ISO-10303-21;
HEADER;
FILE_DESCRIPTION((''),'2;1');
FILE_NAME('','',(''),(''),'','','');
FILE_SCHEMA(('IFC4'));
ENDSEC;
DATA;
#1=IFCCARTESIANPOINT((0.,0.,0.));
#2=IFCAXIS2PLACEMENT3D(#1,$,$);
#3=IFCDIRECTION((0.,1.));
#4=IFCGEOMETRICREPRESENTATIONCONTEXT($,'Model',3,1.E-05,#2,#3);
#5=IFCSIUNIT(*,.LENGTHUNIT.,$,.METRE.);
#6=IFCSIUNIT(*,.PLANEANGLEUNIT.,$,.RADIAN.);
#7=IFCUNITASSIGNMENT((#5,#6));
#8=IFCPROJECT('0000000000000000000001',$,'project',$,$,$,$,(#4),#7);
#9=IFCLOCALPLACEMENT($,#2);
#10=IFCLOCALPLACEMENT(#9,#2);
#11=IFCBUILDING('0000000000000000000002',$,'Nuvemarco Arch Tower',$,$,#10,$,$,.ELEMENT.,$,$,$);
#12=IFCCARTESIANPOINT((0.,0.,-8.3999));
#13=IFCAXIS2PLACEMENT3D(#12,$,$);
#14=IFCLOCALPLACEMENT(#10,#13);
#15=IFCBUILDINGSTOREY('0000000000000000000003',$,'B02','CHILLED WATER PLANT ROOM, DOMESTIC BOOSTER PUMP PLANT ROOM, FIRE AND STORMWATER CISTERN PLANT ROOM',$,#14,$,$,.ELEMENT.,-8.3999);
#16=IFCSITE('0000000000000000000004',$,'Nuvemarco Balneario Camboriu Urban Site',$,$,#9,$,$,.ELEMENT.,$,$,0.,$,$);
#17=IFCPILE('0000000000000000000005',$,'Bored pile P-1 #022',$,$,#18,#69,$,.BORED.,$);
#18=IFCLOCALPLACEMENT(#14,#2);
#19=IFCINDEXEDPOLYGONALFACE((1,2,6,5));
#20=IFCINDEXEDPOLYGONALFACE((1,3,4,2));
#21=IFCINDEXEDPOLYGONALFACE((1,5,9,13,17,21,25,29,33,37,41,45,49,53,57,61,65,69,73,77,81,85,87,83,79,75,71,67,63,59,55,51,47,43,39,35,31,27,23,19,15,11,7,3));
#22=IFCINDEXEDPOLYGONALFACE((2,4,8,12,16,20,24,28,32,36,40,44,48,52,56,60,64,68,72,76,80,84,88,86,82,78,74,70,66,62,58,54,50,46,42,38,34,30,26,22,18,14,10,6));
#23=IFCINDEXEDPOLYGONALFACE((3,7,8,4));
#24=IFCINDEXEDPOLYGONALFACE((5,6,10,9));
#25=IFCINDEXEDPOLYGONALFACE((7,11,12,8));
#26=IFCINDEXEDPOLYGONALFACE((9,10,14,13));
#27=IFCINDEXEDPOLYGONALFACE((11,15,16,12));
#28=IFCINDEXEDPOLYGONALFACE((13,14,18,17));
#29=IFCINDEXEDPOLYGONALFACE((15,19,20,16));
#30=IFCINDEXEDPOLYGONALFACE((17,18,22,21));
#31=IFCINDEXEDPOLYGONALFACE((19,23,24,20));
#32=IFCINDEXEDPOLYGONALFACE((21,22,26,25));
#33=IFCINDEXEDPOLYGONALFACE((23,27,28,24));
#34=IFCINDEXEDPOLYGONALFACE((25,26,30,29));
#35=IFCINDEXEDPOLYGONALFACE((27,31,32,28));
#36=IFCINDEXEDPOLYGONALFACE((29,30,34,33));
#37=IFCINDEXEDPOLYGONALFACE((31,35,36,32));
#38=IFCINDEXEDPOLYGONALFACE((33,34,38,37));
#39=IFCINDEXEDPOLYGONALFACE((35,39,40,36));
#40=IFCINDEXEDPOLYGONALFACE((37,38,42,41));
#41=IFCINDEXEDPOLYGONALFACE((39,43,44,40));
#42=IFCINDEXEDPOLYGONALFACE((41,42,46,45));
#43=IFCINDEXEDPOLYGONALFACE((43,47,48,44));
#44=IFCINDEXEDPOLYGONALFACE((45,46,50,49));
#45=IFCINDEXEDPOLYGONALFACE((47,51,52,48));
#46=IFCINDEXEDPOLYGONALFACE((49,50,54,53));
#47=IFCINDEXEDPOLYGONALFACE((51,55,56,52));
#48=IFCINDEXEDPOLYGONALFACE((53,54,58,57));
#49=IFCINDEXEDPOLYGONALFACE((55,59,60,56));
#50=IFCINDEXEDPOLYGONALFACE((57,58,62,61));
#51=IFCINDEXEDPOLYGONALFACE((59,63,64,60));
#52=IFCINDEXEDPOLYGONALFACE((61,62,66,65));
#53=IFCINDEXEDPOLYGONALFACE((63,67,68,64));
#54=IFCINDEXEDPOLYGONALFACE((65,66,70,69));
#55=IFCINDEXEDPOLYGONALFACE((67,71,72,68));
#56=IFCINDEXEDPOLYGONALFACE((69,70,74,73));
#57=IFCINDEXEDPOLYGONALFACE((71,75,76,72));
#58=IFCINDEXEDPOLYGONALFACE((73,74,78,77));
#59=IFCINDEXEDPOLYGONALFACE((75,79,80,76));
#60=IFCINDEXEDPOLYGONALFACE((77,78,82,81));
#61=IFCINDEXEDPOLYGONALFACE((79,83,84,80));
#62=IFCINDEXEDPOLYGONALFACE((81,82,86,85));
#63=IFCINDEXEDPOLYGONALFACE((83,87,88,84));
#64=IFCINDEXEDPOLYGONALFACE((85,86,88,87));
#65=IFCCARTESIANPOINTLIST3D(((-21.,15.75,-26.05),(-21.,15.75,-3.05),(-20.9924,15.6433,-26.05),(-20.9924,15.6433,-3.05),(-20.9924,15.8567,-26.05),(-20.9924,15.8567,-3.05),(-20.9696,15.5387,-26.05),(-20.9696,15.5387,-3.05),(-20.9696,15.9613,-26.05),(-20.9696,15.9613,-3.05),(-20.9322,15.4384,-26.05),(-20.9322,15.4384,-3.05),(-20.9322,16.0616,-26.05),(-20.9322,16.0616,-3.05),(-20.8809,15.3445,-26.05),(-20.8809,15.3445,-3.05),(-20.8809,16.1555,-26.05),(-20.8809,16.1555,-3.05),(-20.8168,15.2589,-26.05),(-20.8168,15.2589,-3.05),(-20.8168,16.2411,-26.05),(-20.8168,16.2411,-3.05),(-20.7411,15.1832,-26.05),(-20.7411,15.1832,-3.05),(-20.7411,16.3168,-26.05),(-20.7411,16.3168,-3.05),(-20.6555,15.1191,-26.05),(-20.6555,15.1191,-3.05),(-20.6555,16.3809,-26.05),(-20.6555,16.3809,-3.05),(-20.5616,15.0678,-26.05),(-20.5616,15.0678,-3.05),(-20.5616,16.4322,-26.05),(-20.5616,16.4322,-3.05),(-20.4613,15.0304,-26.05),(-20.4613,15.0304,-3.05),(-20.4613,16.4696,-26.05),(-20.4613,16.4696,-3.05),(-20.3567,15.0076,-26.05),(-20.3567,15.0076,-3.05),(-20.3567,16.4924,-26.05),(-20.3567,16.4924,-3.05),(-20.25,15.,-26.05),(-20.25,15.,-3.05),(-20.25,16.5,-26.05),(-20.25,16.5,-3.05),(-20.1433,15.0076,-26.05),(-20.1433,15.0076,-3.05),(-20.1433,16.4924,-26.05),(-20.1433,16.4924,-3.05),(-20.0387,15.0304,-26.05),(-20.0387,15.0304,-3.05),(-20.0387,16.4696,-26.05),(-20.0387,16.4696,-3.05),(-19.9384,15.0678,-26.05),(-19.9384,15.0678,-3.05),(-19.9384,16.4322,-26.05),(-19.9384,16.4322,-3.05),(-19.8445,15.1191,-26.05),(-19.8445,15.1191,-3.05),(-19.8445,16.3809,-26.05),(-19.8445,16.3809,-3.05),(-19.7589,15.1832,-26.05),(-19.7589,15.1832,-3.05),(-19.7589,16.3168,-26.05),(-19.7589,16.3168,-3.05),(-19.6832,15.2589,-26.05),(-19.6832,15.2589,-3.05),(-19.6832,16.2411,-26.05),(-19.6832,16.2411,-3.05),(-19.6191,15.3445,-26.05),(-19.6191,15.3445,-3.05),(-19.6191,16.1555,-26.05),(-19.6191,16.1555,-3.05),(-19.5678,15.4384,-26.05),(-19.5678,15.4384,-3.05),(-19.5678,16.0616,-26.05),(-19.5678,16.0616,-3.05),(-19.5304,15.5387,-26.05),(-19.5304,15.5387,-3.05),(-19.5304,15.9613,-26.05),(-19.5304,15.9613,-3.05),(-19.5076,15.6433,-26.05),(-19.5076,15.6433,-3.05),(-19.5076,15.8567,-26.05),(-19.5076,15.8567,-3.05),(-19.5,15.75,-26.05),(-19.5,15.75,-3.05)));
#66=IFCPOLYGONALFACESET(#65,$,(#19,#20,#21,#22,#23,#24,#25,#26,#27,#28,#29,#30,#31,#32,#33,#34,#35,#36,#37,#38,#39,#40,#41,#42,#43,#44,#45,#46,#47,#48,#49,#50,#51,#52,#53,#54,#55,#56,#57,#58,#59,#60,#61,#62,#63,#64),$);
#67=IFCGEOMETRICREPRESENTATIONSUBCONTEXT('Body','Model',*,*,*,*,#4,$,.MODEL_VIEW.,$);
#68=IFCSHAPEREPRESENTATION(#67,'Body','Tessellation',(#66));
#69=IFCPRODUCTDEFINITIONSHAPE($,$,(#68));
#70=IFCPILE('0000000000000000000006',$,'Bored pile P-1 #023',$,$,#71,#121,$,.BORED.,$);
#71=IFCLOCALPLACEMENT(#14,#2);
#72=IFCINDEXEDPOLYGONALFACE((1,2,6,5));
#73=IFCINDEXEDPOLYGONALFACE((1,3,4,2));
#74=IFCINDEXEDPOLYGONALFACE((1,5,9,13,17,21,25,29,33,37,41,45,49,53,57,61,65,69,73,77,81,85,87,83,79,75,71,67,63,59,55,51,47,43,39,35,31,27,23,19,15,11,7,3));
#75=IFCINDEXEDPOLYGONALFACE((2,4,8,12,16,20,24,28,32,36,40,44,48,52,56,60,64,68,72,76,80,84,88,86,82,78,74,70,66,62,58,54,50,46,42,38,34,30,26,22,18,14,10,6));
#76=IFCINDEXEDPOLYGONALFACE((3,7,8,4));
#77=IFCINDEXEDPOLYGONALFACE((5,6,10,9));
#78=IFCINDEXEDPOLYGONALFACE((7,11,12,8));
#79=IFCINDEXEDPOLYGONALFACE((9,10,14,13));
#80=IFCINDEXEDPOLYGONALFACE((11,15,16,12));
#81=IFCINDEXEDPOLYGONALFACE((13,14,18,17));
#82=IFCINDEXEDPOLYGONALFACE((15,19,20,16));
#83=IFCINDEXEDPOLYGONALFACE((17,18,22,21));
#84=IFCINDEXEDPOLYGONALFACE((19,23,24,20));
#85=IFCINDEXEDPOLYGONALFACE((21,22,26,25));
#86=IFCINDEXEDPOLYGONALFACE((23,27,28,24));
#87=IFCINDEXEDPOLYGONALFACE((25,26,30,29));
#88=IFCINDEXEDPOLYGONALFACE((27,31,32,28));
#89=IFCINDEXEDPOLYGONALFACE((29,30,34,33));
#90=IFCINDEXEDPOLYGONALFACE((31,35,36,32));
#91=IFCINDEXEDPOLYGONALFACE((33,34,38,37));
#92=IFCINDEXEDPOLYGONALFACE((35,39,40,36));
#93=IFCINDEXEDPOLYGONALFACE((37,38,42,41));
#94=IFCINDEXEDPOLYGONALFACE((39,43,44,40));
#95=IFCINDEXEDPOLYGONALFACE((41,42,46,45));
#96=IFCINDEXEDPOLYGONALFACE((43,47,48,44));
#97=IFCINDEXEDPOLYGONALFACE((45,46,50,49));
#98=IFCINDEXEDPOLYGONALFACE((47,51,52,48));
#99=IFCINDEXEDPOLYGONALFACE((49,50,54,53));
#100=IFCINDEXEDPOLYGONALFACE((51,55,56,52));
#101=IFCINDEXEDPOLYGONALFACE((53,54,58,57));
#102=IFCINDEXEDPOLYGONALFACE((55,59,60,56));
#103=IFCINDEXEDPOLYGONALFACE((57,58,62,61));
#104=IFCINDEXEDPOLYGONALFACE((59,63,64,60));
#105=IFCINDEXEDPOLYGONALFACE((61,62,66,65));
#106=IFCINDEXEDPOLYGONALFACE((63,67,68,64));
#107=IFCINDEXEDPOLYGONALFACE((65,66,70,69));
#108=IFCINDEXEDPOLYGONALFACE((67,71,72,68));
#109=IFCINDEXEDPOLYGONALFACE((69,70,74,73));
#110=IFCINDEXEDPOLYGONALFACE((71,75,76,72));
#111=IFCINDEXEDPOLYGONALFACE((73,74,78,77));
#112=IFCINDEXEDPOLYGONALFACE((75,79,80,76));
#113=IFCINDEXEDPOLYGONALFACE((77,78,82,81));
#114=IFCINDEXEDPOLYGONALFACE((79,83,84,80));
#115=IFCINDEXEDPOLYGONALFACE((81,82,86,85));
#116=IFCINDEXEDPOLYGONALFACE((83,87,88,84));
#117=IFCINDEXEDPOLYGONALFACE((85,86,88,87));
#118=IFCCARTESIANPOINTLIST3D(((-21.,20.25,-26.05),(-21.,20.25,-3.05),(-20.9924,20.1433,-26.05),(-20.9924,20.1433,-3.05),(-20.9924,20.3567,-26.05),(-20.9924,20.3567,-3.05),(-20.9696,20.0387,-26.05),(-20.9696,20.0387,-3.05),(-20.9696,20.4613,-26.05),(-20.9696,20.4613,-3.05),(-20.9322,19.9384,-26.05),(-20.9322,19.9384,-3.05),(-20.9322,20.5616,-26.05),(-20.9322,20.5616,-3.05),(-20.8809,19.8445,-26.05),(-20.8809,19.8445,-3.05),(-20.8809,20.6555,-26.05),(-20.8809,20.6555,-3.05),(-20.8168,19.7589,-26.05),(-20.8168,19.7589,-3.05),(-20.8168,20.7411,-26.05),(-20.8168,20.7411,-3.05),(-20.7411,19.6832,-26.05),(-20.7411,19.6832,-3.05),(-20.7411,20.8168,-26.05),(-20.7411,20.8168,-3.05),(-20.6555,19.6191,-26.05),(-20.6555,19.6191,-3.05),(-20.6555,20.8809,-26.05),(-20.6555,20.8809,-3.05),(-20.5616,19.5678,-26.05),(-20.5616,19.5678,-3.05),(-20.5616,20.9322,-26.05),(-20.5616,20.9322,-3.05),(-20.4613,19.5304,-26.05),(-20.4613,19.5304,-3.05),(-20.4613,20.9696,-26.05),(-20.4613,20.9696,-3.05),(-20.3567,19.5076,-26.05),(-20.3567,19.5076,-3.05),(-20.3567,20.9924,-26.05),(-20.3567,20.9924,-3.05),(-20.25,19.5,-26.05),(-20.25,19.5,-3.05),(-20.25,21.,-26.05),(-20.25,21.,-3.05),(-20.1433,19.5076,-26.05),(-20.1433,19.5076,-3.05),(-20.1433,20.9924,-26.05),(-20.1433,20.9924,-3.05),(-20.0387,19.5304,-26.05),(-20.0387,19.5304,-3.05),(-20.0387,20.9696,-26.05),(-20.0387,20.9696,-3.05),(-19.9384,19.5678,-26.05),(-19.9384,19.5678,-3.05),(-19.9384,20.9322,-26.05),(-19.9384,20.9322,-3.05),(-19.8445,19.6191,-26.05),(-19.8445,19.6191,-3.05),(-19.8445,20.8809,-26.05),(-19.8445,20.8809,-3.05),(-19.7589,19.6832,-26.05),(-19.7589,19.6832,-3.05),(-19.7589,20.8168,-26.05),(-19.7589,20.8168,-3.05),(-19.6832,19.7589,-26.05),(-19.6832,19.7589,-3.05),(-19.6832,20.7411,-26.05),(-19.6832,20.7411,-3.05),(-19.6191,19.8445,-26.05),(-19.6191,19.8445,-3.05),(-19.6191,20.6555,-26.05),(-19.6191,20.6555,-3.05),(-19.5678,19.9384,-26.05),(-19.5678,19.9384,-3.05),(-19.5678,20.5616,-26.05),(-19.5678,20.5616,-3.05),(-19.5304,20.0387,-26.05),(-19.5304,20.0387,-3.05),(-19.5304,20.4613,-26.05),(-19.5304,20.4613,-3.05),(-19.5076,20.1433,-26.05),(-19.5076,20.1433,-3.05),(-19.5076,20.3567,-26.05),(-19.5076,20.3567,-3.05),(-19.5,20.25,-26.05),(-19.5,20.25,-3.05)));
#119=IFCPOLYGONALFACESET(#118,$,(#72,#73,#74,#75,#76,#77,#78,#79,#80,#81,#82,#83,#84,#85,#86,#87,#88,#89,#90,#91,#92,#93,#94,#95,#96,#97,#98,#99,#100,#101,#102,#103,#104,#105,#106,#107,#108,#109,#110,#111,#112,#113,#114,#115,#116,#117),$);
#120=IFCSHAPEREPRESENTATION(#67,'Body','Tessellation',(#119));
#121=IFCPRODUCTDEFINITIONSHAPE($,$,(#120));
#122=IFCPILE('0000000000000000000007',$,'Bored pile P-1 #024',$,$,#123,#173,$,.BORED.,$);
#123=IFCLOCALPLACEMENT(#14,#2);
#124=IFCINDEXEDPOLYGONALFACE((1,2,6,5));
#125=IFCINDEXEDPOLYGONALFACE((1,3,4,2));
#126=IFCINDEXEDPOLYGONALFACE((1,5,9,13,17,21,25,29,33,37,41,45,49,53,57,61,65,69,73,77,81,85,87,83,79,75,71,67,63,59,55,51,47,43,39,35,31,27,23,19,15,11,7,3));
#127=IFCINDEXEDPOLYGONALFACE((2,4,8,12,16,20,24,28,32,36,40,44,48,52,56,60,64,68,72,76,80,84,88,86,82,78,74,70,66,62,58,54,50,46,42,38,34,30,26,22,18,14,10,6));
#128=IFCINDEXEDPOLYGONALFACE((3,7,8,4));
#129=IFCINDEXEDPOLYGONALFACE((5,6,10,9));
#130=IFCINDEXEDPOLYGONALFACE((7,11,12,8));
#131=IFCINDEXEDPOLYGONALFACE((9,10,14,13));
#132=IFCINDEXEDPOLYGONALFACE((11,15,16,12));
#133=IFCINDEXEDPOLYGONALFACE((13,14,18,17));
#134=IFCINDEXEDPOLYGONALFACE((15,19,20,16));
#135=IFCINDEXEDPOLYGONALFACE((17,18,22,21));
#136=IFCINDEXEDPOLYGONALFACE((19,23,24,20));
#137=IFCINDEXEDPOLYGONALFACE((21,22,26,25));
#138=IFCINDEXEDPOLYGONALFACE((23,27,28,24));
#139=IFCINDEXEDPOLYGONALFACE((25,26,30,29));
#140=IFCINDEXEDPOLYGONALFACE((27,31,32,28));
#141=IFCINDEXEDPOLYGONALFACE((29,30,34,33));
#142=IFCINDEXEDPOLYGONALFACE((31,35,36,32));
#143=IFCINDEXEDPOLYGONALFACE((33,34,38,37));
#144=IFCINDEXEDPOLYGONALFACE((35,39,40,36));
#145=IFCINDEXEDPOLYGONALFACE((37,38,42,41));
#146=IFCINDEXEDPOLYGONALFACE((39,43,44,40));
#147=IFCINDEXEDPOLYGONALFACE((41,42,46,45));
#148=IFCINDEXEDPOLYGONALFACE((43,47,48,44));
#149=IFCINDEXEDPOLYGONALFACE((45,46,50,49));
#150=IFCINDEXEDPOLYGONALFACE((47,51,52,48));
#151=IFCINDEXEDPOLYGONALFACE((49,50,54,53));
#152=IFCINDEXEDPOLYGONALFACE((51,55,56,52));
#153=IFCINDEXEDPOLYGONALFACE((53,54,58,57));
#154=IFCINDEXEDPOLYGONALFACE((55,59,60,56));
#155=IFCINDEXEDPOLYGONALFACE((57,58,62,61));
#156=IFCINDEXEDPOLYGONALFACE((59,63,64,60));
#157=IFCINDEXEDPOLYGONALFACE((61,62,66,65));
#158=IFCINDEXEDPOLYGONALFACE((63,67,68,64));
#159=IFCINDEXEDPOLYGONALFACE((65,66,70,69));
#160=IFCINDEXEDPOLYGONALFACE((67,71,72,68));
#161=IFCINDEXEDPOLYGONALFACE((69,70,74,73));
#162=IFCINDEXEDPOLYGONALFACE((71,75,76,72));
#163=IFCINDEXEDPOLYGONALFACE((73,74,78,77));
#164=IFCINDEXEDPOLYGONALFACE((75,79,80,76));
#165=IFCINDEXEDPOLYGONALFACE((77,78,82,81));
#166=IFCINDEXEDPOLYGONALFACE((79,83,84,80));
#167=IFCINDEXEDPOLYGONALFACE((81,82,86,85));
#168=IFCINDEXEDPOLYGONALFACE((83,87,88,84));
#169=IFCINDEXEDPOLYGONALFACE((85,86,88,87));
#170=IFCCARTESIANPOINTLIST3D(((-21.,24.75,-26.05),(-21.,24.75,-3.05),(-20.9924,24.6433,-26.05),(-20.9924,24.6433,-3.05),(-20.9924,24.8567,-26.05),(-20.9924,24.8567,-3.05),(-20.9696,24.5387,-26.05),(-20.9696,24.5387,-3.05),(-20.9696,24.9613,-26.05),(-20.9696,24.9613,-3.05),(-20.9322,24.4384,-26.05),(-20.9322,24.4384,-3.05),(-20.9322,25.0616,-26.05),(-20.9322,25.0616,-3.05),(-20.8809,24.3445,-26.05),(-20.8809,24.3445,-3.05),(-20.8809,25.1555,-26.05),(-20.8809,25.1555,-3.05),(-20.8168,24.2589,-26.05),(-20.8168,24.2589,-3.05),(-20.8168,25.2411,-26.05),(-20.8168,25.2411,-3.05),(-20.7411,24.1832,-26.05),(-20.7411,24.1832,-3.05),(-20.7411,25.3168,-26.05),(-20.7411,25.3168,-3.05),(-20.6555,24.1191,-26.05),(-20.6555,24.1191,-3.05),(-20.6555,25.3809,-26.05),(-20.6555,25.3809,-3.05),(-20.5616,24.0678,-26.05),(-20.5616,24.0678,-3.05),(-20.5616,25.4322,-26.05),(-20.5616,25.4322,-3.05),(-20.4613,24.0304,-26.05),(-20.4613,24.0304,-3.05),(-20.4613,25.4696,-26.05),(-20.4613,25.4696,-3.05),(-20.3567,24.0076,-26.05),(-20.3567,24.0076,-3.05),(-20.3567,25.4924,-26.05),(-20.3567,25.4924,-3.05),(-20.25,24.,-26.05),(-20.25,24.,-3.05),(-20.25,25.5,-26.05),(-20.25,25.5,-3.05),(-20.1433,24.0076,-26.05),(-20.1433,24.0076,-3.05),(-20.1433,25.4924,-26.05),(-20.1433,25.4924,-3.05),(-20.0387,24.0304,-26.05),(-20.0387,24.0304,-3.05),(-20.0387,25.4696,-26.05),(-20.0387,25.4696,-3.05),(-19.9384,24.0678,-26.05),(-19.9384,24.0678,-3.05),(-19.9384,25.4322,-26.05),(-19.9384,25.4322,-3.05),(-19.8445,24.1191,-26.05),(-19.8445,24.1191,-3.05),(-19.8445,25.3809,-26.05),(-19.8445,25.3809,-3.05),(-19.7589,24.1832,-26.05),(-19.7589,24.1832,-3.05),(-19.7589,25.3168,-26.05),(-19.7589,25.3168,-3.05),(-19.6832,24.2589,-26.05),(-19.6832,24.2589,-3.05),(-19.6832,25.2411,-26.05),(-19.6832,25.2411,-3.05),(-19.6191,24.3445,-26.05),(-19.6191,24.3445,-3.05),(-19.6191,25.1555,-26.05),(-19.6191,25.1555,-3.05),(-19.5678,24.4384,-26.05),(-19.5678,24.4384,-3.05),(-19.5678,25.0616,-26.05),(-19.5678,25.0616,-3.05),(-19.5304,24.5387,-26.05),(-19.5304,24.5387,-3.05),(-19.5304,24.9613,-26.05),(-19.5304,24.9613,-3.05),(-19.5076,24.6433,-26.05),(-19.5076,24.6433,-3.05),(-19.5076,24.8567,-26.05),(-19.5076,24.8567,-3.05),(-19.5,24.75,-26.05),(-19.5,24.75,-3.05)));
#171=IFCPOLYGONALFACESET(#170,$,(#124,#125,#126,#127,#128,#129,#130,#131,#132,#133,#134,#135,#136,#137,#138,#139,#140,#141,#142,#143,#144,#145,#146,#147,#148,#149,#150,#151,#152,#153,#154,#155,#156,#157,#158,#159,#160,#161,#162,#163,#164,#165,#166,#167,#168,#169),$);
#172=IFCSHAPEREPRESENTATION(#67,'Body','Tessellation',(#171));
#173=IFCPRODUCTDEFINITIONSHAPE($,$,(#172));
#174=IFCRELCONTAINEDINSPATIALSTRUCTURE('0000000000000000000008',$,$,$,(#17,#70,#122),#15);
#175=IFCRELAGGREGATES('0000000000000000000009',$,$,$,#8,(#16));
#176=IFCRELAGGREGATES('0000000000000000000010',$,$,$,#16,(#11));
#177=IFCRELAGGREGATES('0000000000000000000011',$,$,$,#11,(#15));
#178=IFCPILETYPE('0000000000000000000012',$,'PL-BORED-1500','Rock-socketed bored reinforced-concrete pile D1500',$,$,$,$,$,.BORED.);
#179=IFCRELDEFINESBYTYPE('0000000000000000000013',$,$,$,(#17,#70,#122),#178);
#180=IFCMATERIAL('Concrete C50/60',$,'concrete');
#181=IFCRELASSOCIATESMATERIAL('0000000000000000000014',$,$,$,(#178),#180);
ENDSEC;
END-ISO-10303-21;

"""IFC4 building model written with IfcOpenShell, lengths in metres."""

from ifc_helpers import new_model, si_unit, direction, frame, origin, origin_2d, place, context, subcontext, project, spatial, circle, extrude, material, material_profile, profile_set, type_object, element, save


model = new_model("IFC4")

# Units and contexts
model_context = context("Model", 3, precision=1e-05, world=origin(), true_north=direction((0.0, 1.0)))
body_context = subcontext(model_context, "Body", "Model", "MODEL_VIEW")
ifc_project = project(units=[si_unit("LENGTHUNIT", "METRE"), si_unit("PLANEANGLEUNIT", "RADIAN")], contexts=[model_context])

# Site, building, storey
site_placement = place(None, origin())
site = spatial("IfcSite", under=ifc_project, at=site_placement, Name="Nuvemarco Balneario Camboriu Urban Site", CompositionType="ELEMENT", RefElevation=0.0)
building_placement = place(site_placement, origin())
building = spatial("IfcBuilding", under=site, at=building_placement, Name="Nuvemarco Arch Tower", CompositionType="ELEMENT")
storey_placement = place(building_placement, frame((0.0, 0.0, -8.3999)))
storey = spatial("IfcBuildingStorey", under=building, at=storey_placement, Name="B02", Description="CHILLED WATER PLANT ROOM, DOMESTIC BOOSTER PUMP PLANT ROOM, FIRE AND STORMWATER CISTERN PLANT ROOM", CompositionType="ELEMENT", Elevation=-8.3999)

# Piles
ifc_material_1 = material(Name="Concrete C50/60", Category="concrete")
ifc_material_profile_1 = material_profile(ifc_material_1, circle(Radius=0.75, at=origin_2d()), Name="PILE-D1500")
ifc_profile_set_1 = profile_set([ifc_material_profile_1], Name="Concrete C50/60")
pile_type = type_object("IfcPileType", Name="PL-BORED-1500", Description="Rock-socketed bored reinforced-concrete pile D1500", PredefinedType="BORED", material=ifc_profile_set_1)
for number, where, z_axis, x_axis, name in (
    (1, (-20.25, 15.75, -3.05), (0.0, 0.0, -1.0), (1.0, 0.0, 0.0), "Bored pile P-1 #022"),
    (2, (-20.25, 20.25, -3.05), (0.0, 0.0, -1.0), (1.0, 0.0, 0.0), "Bored pile P-1 #023"),
    (3, (-20.25, 24.75, -3.05), (0.0, 0.0, -1.0), (1.0, 0.0, 0.0), "Bored pile P-1 #024"),
):
    element("IfcPile", number, at=place(storey_placement, frame(where, z_axis=z_axis, x_axis=x_axis)), inside=storey, type_object=pile_type, Name=name, PredefinedType="BORED", context=body_context, shape_type="SweptSolid", body=[
        extrude(circle(Radius=0.75, at=origin_2d()), origin(), (0.0, 0.0, 1.0), 23.0),
    ])

save(model, "model.ifc")
